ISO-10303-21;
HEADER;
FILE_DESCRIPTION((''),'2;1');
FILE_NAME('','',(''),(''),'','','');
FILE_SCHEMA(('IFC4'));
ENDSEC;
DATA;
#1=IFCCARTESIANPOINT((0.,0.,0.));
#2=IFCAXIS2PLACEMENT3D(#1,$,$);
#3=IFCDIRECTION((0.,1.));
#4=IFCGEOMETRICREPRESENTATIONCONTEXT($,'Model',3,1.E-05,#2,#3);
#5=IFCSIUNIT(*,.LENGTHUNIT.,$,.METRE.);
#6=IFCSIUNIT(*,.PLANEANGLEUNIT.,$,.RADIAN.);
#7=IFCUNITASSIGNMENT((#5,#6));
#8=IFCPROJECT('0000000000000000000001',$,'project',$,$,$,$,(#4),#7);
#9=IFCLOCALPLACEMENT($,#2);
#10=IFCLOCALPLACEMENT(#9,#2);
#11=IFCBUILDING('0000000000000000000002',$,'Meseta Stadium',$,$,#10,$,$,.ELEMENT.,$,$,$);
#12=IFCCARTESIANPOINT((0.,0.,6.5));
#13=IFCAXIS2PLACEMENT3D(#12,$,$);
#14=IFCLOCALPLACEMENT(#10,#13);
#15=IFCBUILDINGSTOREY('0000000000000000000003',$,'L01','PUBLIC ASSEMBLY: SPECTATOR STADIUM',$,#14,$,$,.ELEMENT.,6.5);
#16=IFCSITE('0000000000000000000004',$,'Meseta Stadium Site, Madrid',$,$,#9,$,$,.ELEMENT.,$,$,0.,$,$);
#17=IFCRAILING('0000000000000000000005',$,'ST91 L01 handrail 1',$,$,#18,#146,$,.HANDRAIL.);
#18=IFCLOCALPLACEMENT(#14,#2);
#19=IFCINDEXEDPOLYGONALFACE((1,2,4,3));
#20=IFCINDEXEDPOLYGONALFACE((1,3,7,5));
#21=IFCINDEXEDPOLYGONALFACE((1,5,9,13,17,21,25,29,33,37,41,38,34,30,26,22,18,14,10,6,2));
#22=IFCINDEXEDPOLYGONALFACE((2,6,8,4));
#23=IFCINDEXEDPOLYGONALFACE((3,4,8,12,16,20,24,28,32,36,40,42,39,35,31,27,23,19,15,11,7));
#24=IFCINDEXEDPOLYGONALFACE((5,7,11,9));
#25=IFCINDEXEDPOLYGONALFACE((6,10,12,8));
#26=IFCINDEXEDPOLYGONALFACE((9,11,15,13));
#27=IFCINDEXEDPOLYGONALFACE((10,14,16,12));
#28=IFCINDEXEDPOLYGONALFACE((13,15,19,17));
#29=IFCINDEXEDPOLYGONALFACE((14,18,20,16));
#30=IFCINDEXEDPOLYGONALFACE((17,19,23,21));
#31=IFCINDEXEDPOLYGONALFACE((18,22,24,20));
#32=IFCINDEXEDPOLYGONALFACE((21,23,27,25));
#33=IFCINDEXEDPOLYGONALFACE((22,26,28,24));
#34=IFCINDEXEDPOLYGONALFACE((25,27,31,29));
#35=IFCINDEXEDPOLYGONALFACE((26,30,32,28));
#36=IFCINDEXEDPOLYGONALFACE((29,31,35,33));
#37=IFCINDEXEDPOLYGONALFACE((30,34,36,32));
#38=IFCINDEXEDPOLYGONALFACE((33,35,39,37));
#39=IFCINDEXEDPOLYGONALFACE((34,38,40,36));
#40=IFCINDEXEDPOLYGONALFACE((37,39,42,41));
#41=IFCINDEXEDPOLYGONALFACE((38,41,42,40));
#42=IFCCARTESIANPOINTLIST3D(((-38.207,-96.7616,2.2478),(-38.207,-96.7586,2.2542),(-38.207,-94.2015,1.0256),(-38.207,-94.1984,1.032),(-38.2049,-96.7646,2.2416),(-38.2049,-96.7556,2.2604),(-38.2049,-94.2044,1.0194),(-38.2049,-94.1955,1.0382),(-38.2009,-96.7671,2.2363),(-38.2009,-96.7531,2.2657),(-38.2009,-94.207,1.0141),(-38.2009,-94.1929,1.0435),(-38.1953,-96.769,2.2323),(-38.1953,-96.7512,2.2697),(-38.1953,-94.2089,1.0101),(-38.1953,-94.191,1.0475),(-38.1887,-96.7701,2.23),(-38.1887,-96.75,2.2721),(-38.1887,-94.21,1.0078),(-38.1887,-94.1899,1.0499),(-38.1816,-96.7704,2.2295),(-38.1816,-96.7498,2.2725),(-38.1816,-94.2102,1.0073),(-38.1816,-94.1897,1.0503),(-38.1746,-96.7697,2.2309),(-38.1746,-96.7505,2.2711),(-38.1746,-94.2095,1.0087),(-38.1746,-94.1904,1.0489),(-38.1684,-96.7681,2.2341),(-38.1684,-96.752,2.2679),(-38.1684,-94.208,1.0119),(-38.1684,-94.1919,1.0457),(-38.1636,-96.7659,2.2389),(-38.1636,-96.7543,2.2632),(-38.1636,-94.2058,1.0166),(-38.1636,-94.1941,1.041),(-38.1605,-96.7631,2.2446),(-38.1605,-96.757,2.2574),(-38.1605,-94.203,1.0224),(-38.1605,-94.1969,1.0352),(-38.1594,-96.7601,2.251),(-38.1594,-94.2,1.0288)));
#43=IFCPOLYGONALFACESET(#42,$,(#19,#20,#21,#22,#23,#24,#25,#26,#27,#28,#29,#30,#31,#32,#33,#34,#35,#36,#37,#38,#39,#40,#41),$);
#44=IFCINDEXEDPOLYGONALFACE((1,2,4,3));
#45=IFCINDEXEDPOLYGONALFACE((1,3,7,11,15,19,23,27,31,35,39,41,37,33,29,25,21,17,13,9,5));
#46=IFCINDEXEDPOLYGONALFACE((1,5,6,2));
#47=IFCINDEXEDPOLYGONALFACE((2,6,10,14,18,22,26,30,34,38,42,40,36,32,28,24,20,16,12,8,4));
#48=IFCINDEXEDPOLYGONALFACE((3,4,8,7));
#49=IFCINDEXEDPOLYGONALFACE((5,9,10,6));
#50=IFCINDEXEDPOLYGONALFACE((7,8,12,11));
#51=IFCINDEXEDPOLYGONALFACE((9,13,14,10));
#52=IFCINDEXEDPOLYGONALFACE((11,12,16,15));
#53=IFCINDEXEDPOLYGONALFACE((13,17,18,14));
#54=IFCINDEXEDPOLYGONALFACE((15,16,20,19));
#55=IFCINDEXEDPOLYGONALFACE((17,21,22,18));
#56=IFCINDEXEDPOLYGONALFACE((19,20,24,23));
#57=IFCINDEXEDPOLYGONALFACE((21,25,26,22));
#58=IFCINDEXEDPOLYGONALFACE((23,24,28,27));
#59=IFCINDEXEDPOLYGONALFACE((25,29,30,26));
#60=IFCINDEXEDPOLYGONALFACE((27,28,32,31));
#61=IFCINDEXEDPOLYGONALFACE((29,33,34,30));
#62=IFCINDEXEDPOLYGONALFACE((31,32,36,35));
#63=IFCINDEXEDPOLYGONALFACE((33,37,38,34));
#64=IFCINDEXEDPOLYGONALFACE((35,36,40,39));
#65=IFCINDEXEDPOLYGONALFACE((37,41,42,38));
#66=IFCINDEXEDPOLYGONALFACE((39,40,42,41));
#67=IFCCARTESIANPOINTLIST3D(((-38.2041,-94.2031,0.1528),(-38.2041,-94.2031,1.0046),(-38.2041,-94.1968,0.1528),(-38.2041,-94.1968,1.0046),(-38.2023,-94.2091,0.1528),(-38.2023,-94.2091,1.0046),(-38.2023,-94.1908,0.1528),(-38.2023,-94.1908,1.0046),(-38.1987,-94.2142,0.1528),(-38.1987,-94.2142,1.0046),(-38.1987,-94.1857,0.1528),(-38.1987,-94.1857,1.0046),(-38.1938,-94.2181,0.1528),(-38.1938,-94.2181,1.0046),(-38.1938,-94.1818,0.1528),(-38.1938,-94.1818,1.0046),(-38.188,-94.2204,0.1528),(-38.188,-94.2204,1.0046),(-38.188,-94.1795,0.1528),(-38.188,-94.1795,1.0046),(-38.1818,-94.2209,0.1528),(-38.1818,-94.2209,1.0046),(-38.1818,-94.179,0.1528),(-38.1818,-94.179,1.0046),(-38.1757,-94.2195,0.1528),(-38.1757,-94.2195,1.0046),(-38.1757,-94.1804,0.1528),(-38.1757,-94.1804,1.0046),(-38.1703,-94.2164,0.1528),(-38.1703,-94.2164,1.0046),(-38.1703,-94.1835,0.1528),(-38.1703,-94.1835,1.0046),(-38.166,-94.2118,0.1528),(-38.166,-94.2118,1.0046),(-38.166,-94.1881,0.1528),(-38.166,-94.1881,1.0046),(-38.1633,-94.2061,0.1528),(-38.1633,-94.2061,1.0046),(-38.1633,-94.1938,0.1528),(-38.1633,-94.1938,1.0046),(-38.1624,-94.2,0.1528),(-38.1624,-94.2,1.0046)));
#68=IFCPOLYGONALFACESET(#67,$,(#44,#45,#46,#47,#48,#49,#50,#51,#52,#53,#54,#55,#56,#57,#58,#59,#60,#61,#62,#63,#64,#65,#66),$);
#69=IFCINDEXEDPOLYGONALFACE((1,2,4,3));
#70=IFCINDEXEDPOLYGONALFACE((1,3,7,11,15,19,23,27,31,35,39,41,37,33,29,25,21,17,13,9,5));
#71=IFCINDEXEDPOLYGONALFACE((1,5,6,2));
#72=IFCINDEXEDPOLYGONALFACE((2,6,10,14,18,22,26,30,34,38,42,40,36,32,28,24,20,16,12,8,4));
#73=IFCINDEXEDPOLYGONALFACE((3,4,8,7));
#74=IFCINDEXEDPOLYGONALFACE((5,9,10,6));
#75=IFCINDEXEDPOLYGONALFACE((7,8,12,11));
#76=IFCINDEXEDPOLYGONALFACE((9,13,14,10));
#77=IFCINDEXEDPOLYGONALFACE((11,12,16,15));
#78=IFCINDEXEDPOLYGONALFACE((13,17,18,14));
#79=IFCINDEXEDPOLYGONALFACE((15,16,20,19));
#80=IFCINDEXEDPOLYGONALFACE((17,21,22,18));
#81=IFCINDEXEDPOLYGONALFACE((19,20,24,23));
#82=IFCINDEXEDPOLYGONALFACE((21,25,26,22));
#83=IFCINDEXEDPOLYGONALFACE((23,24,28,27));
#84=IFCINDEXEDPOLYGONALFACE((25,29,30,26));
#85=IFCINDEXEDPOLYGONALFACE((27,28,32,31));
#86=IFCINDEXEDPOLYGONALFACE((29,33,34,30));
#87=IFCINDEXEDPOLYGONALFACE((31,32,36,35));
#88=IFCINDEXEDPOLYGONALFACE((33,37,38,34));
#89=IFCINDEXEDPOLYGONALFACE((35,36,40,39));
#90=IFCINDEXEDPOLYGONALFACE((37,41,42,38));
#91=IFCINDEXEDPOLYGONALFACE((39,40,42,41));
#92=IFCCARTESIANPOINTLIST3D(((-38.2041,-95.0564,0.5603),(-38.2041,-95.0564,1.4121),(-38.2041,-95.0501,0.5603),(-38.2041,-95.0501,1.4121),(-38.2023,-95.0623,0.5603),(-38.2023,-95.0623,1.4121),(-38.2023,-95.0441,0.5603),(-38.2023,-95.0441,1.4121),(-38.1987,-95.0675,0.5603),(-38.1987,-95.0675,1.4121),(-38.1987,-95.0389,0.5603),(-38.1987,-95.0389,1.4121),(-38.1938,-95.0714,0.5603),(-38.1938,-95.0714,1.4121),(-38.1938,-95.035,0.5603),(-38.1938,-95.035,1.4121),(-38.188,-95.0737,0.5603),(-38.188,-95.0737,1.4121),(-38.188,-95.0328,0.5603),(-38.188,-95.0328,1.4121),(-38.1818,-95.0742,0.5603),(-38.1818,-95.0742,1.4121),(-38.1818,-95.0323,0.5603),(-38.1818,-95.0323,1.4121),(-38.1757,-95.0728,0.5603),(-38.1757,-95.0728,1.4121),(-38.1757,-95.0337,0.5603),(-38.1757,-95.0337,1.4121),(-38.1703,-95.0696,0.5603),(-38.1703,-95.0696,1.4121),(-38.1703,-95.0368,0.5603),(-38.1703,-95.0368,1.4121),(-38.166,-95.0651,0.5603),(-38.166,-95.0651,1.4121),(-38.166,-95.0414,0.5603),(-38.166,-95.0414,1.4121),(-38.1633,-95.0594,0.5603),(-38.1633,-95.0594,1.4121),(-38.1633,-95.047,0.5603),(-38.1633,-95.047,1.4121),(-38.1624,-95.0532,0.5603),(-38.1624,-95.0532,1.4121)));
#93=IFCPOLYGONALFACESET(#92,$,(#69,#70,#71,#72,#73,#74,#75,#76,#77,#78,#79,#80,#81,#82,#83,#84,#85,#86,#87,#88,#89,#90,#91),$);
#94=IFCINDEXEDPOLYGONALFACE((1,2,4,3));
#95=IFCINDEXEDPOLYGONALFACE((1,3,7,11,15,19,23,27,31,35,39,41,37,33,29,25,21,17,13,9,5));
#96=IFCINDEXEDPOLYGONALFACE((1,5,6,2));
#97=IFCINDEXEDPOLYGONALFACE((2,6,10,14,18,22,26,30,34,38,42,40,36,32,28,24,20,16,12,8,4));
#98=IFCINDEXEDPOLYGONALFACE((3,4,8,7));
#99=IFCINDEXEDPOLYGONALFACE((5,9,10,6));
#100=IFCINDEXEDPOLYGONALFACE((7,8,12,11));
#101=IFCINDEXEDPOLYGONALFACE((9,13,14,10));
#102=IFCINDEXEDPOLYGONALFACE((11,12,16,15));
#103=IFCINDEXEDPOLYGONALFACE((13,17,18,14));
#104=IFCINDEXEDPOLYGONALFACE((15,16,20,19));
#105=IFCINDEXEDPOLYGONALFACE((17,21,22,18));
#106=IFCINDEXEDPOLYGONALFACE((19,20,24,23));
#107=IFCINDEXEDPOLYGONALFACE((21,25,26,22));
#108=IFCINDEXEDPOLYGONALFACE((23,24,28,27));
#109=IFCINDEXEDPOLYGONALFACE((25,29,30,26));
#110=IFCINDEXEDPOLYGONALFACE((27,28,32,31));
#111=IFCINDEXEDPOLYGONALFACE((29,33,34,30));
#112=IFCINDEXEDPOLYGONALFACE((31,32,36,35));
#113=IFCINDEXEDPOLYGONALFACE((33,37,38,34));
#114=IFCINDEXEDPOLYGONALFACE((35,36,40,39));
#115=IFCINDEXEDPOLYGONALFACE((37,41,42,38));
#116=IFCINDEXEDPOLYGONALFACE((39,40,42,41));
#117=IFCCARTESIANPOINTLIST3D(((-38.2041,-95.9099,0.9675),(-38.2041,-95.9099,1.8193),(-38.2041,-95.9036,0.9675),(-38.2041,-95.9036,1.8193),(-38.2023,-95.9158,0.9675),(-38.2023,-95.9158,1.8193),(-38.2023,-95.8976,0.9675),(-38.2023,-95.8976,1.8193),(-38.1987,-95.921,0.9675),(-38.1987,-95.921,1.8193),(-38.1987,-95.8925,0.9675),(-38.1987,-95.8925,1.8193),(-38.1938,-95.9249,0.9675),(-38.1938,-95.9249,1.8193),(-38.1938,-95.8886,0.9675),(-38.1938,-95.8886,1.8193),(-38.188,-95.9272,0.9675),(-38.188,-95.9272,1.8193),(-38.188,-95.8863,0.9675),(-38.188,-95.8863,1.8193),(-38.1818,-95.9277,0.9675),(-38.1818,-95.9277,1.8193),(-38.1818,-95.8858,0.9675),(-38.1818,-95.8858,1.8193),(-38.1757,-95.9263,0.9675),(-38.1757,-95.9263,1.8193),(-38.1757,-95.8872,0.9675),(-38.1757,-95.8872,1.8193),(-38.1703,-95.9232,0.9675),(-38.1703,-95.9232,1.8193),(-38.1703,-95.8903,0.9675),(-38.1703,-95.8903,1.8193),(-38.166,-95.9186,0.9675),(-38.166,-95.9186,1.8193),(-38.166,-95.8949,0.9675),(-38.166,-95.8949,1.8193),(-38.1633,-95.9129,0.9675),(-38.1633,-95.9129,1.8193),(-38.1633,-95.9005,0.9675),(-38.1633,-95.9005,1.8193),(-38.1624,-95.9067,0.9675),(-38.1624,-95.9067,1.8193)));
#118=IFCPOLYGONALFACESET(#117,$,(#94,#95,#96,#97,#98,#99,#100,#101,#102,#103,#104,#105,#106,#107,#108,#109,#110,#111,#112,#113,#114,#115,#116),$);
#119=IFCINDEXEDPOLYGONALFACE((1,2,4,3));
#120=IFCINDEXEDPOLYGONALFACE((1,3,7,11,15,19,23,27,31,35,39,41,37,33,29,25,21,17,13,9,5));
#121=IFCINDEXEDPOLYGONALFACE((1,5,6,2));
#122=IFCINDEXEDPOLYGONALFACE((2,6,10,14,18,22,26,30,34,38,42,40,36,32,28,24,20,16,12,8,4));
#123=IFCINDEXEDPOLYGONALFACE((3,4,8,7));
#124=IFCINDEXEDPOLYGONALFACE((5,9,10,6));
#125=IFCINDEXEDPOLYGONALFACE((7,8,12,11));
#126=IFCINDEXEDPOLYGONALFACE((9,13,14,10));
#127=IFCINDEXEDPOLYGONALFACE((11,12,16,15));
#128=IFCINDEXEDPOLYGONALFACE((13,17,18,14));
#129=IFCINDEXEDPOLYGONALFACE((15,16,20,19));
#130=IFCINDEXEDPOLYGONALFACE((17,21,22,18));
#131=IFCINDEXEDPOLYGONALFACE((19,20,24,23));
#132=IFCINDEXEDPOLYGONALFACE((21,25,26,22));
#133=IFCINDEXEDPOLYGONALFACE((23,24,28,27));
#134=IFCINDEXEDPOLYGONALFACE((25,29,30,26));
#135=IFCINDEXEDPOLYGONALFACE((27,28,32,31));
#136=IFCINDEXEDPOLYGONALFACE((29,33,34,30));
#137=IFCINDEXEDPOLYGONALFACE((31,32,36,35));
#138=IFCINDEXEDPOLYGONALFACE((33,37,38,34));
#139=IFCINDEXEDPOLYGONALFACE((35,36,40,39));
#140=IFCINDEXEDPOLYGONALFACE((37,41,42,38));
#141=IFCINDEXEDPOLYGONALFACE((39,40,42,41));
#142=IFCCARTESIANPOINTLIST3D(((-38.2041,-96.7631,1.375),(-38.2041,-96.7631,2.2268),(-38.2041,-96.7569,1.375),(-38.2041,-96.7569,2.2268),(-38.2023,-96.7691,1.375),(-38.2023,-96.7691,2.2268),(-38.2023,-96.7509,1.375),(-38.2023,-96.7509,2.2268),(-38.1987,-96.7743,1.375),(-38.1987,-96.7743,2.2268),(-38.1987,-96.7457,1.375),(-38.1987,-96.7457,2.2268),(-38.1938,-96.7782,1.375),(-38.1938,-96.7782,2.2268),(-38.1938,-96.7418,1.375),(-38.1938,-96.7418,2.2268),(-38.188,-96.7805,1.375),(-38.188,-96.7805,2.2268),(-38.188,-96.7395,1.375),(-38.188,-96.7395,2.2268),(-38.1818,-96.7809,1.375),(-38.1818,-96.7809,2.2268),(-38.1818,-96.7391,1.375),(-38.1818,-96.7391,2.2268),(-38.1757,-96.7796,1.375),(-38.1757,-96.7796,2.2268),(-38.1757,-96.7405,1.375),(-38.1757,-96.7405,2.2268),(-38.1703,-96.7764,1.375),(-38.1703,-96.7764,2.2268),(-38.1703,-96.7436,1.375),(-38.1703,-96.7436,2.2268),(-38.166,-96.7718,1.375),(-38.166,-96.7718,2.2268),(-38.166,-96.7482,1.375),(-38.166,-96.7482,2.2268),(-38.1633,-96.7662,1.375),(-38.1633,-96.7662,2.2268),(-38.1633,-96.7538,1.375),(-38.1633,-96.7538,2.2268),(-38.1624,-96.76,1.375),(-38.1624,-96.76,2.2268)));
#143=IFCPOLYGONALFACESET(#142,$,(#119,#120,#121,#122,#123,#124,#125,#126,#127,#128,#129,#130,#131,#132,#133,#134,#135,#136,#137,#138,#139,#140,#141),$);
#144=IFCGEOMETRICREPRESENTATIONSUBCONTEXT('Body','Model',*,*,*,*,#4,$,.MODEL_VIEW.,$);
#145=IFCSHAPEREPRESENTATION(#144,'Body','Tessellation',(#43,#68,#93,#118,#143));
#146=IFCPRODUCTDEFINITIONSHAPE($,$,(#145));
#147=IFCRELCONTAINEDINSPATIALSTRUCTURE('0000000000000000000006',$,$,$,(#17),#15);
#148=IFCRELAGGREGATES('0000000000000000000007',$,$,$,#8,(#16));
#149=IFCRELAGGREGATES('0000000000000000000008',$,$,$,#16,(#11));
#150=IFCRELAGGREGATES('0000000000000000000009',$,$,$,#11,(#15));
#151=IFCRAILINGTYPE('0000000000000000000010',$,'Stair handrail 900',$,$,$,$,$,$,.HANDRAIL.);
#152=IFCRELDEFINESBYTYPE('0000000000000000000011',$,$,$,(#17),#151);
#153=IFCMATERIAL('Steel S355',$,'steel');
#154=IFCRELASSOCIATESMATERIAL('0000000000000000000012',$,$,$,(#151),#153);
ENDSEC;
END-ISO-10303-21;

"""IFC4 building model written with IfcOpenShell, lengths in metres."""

from ifc_helpers import new_model, si_unit, direction, frame, origin, origin_2d, place, context, subcontext, project, spatial, circle, extrude, material, type_object, element, save


model = new_model("IFC4")

# Units and contexts
model_context = context("Model", 3, precision=1e-05, world=origin(), true_north=direction((0.0, 1.0)))
body_context = subcontext(model_context, "Body", "Model", "MODEL_VIEW")
ifc_project = project(units=[si_unit("LENGTHUNIT", "METRE"), si_unit("PLANEANGLEUNIT", "RADIAN")], contexts=[model_context])

# Site, building, storey
site_placement = place(None, origin())
site = spatial("IfcSite", under=ifc_project, at=site_placement, Name="Meseta Stadium Site, Madrid", CompositionType="ELEMENT", RefElevation=0.0)
building_placement = place(site_placement, origin())
building = spatial("IfcBuilding", under=site, at=building_placement, Name="Meseta Stadium", CompositionType="ELEMENT")
storey_placement = place(building_placement, frame((0.0, 0.0, 6.5)))
storey = spatial("IfcBuildingStorey", under=building, at=storey_placement, Name="L01", Description="PUBLIC ASSEMBLY: SPECTATOR STADIUM", CompositionType="ELEMENT", Elevation=6.5)

# Railing
ifc_material_1 = material(Name="Steel S355", Category="steel")
railing_type_1 = type_object("IfcRailingType", Name="Stair handrail 900", PredefinedType="HANDRAIL", material=ifc_material_1)
railing_1_placement = place(storey_placement, frame((-38.1833, -94.2, 0.1528)))
element("IfcRailing", 1, at=railing_1_placement, inside=storey, type_object=railing_type_1, Name="ST91 L01 handrail 1", PredefinedType="HANDRAIL", context=body_context, shape_type="SweptSolid", body=[
    extrude(circle(Radius=0.0239, at=origin_2d()), frame((0.0, 0.0, 0.876), z_axis=(0.0, -0.902437, 0.430822), x_axis=(1.0, 0.0, 0.0)), (0.0, 0.0, 1.0), 2.8369),
    extrude(circle(Radius=0.021, at=origin_2d()), origin(), (0.0, 0.0, 1.0), 0.8518),
    extrude(circle(Radius=0.021, at=origin_2d()), frame((0.0, -0.8533, 0.4075)), (0.0, 0.0, 1.0), 0.8518),
    extrude(circle(Radius=0.021, at=origin_2d()), frame((0.0, -1.7068, 0.8147)), (0.0, 0.0, 1.0), 0.8518),
    extrude(circle(Radius=0.021, at=origin_2d()), frame((0.0, -2.5601, 1.2222)), (0.0, 0.0, 1.0), 0.8518),
])

save(model, "model.ifc")
